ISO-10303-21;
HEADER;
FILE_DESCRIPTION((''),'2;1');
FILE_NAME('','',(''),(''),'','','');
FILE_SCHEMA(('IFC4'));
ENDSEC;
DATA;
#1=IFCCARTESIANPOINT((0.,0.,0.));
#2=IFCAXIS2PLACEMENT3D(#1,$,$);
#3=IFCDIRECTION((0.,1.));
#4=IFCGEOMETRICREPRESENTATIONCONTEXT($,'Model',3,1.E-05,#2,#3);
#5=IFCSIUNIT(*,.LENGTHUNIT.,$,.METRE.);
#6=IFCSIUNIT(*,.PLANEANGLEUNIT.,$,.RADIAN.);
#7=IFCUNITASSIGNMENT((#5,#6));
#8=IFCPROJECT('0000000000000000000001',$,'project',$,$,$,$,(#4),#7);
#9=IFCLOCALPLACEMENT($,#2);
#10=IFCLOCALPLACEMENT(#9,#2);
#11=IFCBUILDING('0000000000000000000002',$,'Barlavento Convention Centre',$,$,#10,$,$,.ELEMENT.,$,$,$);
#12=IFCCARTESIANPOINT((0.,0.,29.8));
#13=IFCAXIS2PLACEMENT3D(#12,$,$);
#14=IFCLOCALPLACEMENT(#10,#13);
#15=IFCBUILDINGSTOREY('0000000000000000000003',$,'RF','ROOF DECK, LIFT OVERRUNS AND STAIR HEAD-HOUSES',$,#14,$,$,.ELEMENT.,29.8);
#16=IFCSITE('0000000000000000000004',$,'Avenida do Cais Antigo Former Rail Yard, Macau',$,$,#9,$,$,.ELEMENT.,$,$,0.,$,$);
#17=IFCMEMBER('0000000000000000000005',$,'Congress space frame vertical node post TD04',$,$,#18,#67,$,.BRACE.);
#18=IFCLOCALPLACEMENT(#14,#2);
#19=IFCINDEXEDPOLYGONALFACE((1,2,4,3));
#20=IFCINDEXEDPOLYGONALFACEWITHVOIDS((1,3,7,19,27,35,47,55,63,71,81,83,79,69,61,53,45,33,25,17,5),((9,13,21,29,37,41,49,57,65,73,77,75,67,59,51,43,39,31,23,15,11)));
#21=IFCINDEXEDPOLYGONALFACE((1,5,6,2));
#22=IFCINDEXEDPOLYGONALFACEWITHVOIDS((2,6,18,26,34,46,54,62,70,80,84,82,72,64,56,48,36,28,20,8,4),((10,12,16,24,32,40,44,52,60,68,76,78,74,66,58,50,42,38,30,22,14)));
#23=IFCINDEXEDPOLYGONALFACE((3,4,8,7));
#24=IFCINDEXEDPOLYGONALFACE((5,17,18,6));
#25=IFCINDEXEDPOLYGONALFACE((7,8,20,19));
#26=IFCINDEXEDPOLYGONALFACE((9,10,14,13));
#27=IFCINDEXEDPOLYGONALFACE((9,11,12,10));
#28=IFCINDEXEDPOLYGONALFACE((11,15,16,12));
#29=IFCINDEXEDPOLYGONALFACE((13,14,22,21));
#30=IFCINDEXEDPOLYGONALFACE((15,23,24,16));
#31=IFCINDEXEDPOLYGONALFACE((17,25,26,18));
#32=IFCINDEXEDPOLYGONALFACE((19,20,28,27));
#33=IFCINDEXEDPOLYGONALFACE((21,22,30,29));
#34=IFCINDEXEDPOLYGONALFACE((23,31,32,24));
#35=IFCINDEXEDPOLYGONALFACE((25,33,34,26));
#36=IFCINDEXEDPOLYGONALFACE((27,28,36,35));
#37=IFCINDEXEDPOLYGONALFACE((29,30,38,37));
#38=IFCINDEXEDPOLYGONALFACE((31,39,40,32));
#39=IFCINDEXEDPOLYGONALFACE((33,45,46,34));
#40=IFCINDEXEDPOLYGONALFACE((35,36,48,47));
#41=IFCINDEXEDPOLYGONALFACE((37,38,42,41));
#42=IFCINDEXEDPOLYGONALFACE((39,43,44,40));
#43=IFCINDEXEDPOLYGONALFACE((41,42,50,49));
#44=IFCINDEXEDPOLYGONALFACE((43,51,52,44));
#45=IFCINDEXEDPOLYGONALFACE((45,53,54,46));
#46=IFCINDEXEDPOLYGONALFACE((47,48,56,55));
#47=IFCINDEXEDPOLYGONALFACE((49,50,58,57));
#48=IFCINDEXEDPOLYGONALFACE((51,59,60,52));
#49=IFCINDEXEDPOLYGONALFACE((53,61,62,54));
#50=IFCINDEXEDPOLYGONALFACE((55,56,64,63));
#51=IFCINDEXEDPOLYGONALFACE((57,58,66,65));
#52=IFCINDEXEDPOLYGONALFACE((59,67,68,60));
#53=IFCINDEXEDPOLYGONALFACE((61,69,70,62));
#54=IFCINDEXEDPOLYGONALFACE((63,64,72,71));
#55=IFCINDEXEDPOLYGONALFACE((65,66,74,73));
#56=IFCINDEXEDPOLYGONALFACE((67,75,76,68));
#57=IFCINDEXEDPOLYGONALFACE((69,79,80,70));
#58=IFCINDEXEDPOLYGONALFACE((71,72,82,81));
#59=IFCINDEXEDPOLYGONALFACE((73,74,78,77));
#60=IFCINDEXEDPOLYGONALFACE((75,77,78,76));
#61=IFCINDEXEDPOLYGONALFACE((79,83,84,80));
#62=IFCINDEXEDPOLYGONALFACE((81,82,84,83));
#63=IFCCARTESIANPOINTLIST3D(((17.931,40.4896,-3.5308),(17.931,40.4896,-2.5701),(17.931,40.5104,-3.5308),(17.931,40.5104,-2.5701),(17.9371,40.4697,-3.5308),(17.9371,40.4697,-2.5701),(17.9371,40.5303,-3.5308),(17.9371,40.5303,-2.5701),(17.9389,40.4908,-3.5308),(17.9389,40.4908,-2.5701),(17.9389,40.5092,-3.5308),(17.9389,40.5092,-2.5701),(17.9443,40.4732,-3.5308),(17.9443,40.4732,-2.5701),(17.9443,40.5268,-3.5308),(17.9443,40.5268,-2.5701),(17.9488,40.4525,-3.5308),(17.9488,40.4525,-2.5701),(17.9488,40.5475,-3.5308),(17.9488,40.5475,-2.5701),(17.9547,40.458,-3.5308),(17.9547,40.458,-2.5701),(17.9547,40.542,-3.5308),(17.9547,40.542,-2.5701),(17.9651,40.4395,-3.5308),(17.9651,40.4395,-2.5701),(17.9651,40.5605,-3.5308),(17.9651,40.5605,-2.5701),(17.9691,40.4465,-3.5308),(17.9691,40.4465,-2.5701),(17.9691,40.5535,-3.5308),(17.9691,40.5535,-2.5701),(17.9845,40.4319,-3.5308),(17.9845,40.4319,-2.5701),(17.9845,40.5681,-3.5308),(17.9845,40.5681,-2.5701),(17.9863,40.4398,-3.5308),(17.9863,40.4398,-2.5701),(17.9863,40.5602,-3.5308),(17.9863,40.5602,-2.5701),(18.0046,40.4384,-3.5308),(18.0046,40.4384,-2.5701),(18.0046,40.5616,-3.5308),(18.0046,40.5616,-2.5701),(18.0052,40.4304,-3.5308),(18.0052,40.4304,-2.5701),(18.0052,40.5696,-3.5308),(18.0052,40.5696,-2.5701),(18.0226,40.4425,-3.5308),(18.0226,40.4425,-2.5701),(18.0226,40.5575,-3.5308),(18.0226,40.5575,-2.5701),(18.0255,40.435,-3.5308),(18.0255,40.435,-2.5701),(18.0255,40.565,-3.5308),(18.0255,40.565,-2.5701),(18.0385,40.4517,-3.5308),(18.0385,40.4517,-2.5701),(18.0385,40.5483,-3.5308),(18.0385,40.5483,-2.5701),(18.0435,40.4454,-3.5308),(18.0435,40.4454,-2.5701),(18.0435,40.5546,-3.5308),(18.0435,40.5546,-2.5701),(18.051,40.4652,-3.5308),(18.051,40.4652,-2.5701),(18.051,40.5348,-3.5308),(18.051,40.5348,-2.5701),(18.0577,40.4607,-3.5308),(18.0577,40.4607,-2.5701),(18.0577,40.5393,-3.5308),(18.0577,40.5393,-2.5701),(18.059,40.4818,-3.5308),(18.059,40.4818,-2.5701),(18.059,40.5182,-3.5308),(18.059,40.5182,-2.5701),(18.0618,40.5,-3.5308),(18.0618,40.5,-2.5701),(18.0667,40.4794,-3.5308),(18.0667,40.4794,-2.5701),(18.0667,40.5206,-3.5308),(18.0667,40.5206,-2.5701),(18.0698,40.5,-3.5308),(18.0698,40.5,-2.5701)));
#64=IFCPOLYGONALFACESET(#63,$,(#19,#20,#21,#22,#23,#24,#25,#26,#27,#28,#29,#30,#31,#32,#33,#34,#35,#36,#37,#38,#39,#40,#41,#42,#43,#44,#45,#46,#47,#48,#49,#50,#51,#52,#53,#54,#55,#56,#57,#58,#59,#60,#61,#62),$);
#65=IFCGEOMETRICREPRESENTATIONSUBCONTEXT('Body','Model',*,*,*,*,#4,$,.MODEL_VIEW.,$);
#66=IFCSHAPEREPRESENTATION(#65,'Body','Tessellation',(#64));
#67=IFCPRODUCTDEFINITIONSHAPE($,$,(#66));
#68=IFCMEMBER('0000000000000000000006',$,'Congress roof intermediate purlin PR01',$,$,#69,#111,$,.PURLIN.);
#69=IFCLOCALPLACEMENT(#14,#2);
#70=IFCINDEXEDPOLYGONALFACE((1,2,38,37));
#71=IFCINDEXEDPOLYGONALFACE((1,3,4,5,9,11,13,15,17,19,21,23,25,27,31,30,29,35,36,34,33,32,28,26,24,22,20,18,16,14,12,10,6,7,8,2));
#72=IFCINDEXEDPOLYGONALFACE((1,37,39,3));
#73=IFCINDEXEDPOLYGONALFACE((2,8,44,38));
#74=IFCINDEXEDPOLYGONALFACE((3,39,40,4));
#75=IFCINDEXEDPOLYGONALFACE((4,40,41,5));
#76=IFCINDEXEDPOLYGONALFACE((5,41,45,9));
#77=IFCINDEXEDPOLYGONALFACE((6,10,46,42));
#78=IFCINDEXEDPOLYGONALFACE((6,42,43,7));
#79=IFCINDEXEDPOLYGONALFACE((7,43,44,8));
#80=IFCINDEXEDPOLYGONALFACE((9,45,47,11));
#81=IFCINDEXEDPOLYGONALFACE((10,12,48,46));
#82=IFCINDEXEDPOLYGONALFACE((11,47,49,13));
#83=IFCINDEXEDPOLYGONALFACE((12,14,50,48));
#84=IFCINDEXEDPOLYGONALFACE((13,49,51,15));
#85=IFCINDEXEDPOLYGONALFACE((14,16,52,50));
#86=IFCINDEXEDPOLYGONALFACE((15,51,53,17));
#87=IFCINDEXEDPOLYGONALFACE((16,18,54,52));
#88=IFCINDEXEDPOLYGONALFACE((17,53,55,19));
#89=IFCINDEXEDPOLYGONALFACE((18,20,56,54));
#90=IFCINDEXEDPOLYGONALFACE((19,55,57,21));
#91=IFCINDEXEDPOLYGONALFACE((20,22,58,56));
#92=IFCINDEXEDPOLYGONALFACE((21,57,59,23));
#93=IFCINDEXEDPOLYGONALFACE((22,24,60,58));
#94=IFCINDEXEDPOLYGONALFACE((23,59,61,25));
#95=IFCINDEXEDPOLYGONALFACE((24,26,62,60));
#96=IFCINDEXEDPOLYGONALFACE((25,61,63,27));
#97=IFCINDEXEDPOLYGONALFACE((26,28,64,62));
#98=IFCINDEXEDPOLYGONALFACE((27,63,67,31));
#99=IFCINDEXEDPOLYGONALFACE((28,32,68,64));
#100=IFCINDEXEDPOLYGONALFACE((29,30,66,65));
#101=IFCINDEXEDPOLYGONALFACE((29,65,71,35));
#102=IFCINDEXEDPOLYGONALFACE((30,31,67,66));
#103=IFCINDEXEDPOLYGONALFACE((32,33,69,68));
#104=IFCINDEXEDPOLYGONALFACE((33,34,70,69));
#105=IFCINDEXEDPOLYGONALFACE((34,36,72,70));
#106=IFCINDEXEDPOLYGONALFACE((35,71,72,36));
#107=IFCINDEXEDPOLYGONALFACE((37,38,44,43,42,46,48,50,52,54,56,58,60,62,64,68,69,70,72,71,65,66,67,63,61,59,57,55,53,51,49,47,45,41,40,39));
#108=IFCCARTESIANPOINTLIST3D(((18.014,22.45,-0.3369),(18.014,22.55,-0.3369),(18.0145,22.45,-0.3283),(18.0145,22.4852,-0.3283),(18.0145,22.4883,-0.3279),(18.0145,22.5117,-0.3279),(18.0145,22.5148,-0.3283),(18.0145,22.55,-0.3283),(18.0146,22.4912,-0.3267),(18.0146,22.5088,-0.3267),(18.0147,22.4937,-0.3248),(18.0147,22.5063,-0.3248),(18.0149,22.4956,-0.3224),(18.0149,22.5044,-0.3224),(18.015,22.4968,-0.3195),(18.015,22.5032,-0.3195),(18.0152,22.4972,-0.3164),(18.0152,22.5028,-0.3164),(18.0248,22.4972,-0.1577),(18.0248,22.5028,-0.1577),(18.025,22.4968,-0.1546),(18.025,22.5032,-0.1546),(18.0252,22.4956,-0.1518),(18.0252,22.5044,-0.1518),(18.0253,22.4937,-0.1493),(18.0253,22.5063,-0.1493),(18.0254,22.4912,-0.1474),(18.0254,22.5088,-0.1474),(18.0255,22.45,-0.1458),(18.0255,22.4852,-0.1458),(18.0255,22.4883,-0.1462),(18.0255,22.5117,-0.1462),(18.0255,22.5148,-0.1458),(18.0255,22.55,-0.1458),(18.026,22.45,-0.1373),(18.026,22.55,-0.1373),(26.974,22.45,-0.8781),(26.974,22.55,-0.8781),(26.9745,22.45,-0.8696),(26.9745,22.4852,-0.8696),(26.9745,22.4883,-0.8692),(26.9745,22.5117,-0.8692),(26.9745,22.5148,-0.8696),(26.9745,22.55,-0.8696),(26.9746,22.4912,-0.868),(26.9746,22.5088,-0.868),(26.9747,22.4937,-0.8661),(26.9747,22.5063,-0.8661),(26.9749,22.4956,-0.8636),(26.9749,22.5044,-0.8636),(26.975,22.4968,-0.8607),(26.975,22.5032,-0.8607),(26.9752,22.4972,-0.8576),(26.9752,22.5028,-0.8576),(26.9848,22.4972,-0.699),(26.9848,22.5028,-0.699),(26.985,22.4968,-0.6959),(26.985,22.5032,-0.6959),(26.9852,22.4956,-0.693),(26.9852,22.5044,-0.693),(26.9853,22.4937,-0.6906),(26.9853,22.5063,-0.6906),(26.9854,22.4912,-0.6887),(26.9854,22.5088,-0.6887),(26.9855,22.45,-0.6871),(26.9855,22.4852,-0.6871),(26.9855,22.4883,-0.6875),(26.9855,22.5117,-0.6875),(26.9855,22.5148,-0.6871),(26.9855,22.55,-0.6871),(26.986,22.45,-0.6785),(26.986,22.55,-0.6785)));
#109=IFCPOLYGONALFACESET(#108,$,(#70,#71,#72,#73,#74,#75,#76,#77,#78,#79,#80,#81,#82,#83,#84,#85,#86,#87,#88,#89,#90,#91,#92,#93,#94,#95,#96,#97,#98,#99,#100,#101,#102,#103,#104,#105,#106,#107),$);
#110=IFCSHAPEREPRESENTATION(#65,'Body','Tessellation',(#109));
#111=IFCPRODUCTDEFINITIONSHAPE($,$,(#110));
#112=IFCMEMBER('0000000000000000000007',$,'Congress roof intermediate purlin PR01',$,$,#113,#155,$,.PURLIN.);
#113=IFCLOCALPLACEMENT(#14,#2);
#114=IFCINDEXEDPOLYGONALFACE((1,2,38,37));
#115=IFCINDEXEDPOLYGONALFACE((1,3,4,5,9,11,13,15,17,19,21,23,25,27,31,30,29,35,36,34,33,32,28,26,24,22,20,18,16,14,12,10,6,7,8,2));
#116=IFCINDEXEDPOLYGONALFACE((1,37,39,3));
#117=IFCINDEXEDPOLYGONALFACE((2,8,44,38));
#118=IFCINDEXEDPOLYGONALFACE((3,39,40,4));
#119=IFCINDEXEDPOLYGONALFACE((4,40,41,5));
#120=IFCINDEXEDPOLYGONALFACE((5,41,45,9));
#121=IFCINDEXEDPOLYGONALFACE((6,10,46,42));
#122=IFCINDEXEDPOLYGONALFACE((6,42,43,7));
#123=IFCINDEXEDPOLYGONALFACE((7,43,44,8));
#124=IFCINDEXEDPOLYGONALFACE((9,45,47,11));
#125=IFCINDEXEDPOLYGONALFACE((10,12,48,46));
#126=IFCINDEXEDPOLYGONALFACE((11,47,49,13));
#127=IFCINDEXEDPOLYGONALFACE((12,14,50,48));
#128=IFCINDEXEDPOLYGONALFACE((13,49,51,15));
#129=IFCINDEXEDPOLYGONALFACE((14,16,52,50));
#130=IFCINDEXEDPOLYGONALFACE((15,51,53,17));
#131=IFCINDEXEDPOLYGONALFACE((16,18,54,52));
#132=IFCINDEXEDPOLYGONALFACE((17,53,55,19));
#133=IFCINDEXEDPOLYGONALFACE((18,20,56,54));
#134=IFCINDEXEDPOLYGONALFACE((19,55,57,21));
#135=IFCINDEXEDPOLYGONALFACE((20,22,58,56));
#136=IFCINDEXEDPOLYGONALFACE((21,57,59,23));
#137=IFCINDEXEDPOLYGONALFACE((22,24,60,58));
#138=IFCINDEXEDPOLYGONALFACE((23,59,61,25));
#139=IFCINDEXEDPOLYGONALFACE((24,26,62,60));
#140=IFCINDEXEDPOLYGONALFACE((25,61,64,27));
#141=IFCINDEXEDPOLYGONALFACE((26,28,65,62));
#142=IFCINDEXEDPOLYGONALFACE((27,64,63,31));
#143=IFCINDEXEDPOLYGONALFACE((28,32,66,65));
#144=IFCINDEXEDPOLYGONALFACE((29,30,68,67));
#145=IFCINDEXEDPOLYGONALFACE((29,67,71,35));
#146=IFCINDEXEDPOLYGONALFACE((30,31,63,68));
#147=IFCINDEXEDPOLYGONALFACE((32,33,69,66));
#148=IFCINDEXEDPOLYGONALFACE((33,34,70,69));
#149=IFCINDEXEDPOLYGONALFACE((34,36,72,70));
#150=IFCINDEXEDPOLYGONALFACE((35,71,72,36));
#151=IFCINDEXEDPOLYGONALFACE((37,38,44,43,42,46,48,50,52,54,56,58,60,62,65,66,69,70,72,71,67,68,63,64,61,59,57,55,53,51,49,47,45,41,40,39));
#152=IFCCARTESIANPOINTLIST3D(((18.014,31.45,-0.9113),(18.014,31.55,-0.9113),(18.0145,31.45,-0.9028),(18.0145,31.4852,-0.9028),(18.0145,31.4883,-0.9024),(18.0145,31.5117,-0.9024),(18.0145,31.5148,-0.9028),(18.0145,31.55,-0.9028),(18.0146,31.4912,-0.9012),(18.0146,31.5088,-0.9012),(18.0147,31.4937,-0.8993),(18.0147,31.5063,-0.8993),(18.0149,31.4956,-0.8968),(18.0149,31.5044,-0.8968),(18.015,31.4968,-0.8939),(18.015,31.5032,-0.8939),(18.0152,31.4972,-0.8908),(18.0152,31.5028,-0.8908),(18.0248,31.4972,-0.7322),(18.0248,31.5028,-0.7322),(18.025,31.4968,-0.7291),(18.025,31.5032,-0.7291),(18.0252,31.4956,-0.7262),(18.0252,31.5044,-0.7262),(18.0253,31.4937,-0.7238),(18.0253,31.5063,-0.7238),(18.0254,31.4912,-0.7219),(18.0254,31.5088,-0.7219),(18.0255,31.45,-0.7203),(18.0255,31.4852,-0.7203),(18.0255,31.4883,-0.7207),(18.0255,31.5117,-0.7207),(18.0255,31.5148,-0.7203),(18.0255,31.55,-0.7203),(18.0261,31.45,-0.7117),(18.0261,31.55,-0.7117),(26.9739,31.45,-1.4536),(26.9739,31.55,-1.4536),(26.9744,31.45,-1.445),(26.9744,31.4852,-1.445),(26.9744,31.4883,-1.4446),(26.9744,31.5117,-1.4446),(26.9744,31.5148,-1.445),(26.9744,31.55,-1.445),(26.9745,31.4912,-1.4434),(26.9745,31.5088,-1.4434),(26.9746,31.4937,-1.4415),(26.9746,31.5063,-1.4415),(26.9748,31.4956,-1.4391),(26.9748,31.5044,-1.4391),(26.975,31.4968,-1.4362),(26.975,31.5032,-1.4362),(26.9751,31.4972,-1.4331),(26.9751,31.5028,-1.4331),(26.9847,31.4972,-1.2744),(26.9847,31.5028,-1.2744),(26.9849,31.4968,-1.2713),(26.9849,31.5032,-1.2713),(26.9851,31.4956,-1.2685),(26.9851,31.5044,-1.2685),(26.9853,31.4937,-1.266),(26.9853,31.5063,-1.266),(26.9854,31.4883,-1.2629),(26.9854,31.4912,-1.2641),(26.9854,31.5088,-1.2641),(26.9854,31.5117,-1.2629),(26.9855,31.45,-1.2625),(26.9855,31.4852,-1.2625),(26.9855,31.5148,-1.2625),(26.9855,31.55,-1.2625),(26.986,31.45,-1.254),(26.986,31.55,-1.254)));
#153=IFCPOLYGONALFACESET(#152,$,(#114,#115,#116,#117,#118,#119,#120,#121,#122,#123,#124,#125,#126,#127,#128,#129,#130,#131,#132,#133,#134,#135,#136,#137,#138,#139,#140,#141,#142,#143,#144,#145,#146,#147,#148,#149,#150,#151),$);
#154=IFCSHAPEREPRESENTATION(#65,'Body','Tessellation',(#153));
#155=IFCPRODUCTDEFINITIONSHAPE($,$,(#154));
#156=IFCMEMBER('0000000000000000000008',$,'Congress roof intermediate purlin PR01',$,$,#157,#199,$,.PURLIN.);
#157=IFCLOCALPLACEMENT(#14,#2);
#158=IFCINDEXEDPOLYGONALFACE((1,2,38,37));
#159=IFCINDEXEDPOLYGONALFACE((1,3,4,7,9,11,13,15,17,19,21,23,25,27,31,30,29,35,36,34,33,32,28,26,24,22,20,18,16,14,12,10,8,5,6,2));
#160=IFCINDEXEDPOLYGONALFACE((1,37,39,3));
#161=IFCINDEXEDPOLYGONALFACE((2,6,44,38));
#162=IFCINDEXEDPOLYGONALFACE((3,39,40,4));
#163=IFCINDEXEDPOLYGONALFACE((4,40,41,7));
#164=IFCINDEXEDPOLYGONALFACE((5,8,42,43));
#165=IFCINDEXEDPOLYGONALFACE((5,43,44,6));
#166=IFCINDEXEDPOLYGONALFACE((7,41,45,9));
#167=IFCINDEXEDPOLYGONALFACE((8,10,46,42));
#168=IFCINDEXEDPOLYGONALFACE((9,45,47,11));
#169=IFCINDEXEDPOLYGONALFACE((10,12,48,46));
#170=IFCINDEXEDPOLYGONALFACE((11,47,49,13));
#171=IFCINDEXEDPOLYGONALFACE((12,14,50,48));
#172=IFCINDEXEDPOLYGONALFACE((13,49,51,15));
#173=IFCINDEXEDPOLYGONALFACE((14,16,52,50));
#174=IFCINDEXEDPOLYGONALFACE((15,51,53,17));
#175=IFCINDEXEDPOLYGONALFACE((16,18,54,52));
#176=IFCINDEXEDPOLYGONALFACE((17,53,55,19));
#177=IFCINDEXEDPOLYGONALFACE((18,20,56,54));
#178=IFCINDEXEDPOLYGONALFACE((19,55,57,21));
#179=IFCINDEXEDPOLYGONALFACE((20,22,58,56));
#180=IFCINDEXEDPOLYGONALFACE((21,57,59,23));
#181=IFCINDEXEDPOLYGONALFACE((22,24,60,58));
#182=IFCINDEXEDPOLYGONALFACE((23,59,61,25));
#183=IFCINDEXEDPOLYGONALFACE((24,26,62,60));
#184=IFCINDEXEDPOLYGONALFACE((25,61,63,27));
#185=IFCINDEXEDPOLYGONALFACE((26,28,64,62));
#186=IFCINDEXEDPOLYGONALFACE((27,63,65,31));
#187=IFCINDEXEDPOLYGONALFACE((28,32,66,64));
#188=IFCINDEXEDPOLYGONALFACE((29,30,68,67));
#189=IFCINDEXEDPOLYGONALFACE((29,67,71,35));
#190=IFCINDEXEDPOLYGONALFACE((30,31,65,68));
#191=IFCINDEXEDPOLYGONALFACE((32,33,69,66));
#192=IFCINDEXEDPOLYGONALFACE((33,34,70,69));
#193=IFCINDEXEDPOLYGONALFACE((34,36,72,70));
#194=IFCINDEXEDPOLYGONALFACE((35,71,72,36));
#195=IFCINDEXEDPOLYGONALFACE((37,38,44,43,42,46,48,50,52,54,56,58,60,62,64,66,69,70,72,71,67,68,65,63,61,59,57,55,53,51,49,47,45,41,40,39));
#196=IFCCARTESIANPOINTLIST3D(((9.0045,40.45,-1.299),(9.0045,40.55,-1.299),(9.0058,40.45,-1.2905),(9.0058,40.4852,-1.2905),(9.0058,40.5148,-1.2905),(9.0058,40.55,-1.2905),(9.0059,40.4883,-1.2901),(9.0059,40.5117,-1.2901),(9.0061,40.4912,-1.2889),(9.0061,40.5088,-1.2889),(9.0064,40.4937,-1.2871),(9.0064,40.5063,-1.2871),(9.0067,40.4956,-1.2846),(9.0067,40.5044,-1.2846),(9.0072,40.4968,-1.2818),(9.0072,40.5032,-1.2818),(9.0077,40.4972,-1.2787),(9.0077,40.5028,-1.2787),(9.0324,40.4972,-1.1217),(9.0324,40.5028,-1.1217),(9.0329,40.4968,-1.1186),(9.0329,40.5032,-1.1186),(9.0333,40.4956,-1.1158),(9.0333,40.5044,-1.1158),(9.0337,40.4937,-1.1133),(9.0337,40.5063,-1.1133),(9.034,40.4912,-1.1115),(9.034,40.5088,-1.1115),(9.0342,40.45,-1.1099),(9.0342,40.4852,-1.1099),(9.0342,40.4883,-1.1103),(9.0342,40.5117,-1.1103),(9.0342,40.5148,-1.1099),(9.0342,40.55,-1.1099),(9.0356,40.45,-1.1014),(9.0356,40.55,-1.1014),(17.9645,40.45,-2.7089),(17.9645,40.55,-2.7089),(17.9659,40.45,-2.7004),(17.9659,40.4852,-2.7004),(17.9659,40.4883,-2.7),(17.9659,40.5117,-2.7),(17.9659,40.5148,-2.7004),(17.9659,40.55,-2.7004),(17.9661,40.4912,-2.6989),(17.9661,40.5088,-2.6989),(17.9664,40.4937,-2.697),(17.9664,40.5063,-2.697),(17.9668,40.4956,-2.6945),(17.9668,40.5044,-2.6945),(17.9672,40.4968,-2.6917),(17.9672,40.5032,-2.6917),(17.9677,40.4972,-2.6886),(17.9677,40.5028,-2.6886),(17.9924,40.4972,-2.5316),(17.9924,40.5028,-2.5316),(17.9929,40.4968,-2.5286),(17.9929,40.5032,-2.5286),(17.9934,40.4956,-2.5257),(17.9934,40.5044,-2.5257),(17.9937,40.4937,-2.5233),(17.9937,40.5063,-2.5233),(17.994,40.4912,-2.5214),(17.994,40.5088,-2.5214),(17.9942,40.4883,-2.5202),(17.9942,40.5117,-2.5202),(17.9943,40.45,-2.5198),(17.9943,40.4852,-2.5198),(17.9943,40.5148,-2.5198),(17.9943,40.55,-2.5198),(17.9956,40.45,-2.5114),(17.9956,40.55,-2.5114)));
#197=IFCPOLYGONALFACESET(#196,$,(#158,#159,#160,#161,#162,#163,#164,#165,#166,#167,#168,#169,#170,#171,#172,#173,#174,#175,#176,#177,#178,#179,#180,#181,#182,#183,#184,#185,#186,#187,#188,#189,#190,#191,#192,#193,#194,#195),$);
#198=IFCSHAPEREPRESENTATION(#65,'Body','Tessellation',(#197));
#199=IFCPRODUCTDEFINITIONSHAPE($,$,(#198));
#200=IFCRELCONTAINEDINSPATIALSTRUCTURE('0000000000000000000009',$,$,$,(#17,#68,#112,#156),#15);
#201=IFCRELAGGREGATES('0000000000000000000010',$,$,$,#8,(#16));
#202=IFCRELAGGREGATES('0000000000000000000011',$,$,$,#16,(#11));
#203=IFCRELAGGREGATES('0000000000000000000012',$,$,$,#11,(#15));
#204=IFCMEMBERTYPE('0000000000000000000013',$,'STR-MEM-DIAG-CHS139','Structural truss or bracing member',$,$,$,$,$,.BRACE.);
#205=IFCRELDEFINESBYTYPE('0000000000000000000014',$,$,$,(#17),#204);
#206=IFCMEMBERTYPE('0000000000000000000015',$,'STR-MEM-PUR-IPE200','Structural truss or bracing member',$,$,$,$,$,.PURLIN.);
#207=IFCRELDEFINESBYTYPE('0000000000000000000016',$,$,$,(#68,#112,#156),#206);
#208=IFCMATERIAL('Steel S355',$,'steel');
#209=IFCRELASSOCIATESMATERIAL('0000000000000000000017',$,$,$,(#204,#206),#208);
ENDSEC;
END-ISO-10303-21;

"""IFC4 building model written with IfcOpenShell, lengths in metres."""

from ifc_helpers import new_model, si_unit, direction, frame, origin, origin_2d, place, context, subcontext, project, spatial, hollow_circle, i_section, extrude, material, material_profile, profile_set, type_object, element, save


model = new_model("IFC4")

# Units and contexts
model_context = context("Model", 3, precision=1e-05, world=origin(), true_north=direction((0.0, 1.0)))
body_context = subcontext(model_context, "Body", "Model", "MODEL_VIEW")
ifc_project = project(units=[si_unit("LENGTHUNIT", "METRE"), si_unit("PLANEANGLEUNIT", "RADIAN")], contexts=[model_context])

# Site, building, storey
site_placement = place(None, origin())
site = spatial("IfcSite", under=ifc_project, at=site_placement, Name="Avenida do Cais Antigo Former Rail Yard, Macau", CompositionType="ELEMENT", RefElevation=0.0)
building_placement = place(site_placement, origin())
building = spatial("IfcBuilding", under=site, at=building_placement, Name="Barlavento Convention Centre", CompositionType="ELEMENT")
storey_placement = place(building_placement, frame((0.0, 0.0, 29.8)))
storey = spatial("IfcBuildingStorey", under=building, at=storey_placement, Name="RF", Description="ROOF DECK, LIFT OVERRUNS AND STAIR HEAD-HOUSES", CompositionType="ELEMENT", Elevation=29.8)

# Members
ifc_material_1 = material(Name="Steel S355", Category="steel")
ifc_material_profile_1 = material_profile(ifc_material_1, hollow_circle(Radius=0.0698, WallThickness=0.0081, at=origin_2d()), Name="CHS 139.7x8.0")
ifc_profile_set_1 = profile_set([ifc_material_profile_1], Name="Steel S355")
member_type_1 = type_object("IfcMemberType", Name="STR-MEM-DIAG-CHS139", Description="Structural truss or bracing member", PredefinedType="BRACE", material=ifc_profile_set_1)
member_1_placement = place(storey_placement, frame((18.0, 40.5, -3.5308), z_axis=(0.0, 0.0, 1.0), x_axis=(1.0, 0.0, 0.0)))
element("IfcMember", 1, at=member_1_placement, inside=storey, type_object=member_type_1, Name="Congress space frame vertical node post TD04", PredefinedType="BRACE", context=body_context, shape_type="SweptSolid", body=[
    extrude(hollow_circle(Radius=0.0698, WallThickness=0.0081, at=origin_2d()), origin(), (0.0, 0.0, 1.0), 0.9607),
])
ifc_material_profile_2 = material_profile(ifc_material_1, i_section(OverallWidth=0.1001, OverallDepth=0.2, WebThickness=0.0056, FlangeThickness=0.0085, FilletRadius=0.012, at=origin_2d()), Name="IPE 200")
ifc_profile_set_2 = profile_set([ifc_material_profile_2], Name="Steel S355")
member_type_2 = type_object("IfcMemberType", Name="STR-MEM-PUR-IPE200", Description="Structural truss or bracing member", PredefinedType="PURLIN", material=ifc_profile_set_2)
for number, where, z_axis, x_axis, name in (
    (2, (18.02, 22.5, -0.2371), (0.99818, 0.0, -0.060299), (0.0, 1.0, 0.0), "Congress roof intermediate purlin PR01"),
    (3, (18.02, 31.5, -0.8115), (0.998174, 0.0, -0.060407), (0.0, 1.0, 0.0), "Congress roof intermediate purlin PR01"),
):
    element("IfcMember", number, at=place(storey_placement, frame(where, z_axis=z_axis, x_axis=x_axis)), inside=storey, type_object=member_type_2, Name=name, PredefinedType="PURLIN", context=body_context, shape_type="SweptSolid", body=[
        extrude(i_section(OverallWidth=0.1001, OverallDepth=0.2, WebThickness=0.0056, FlangeThickness=0.0085, FilletRadius=0.012, at=origin_2d()), origin(), (0.0, 0.0, 1.0), 8.9763),
    ])
member_2_placement = place(storey_placement, frame((9.02, 40.5, -1.2002), z_axis=(0.987845, 0.0, -0.155444), x_axis=(0.0, 1.0, 0.0)))
element("IfcMember", 4, at=member_2_placement, inside=storey, type_object=member_type_2, Name="Congress roof intermediate purlin PR01", PredefinedType="PURLIN", context=body_context, shape_type="SweptSolid", body=[
    extrude(i_section(OverallWidth=0.1001, OverallDepth=0.2, WebThickness=0.0056, FlangeThickness=0.0085, FilletRadius=0.012, at=origin_2d()), origin(), (0.0, 0.0, 1.0), 9.0703),
])

save(model, "model.ifc")
